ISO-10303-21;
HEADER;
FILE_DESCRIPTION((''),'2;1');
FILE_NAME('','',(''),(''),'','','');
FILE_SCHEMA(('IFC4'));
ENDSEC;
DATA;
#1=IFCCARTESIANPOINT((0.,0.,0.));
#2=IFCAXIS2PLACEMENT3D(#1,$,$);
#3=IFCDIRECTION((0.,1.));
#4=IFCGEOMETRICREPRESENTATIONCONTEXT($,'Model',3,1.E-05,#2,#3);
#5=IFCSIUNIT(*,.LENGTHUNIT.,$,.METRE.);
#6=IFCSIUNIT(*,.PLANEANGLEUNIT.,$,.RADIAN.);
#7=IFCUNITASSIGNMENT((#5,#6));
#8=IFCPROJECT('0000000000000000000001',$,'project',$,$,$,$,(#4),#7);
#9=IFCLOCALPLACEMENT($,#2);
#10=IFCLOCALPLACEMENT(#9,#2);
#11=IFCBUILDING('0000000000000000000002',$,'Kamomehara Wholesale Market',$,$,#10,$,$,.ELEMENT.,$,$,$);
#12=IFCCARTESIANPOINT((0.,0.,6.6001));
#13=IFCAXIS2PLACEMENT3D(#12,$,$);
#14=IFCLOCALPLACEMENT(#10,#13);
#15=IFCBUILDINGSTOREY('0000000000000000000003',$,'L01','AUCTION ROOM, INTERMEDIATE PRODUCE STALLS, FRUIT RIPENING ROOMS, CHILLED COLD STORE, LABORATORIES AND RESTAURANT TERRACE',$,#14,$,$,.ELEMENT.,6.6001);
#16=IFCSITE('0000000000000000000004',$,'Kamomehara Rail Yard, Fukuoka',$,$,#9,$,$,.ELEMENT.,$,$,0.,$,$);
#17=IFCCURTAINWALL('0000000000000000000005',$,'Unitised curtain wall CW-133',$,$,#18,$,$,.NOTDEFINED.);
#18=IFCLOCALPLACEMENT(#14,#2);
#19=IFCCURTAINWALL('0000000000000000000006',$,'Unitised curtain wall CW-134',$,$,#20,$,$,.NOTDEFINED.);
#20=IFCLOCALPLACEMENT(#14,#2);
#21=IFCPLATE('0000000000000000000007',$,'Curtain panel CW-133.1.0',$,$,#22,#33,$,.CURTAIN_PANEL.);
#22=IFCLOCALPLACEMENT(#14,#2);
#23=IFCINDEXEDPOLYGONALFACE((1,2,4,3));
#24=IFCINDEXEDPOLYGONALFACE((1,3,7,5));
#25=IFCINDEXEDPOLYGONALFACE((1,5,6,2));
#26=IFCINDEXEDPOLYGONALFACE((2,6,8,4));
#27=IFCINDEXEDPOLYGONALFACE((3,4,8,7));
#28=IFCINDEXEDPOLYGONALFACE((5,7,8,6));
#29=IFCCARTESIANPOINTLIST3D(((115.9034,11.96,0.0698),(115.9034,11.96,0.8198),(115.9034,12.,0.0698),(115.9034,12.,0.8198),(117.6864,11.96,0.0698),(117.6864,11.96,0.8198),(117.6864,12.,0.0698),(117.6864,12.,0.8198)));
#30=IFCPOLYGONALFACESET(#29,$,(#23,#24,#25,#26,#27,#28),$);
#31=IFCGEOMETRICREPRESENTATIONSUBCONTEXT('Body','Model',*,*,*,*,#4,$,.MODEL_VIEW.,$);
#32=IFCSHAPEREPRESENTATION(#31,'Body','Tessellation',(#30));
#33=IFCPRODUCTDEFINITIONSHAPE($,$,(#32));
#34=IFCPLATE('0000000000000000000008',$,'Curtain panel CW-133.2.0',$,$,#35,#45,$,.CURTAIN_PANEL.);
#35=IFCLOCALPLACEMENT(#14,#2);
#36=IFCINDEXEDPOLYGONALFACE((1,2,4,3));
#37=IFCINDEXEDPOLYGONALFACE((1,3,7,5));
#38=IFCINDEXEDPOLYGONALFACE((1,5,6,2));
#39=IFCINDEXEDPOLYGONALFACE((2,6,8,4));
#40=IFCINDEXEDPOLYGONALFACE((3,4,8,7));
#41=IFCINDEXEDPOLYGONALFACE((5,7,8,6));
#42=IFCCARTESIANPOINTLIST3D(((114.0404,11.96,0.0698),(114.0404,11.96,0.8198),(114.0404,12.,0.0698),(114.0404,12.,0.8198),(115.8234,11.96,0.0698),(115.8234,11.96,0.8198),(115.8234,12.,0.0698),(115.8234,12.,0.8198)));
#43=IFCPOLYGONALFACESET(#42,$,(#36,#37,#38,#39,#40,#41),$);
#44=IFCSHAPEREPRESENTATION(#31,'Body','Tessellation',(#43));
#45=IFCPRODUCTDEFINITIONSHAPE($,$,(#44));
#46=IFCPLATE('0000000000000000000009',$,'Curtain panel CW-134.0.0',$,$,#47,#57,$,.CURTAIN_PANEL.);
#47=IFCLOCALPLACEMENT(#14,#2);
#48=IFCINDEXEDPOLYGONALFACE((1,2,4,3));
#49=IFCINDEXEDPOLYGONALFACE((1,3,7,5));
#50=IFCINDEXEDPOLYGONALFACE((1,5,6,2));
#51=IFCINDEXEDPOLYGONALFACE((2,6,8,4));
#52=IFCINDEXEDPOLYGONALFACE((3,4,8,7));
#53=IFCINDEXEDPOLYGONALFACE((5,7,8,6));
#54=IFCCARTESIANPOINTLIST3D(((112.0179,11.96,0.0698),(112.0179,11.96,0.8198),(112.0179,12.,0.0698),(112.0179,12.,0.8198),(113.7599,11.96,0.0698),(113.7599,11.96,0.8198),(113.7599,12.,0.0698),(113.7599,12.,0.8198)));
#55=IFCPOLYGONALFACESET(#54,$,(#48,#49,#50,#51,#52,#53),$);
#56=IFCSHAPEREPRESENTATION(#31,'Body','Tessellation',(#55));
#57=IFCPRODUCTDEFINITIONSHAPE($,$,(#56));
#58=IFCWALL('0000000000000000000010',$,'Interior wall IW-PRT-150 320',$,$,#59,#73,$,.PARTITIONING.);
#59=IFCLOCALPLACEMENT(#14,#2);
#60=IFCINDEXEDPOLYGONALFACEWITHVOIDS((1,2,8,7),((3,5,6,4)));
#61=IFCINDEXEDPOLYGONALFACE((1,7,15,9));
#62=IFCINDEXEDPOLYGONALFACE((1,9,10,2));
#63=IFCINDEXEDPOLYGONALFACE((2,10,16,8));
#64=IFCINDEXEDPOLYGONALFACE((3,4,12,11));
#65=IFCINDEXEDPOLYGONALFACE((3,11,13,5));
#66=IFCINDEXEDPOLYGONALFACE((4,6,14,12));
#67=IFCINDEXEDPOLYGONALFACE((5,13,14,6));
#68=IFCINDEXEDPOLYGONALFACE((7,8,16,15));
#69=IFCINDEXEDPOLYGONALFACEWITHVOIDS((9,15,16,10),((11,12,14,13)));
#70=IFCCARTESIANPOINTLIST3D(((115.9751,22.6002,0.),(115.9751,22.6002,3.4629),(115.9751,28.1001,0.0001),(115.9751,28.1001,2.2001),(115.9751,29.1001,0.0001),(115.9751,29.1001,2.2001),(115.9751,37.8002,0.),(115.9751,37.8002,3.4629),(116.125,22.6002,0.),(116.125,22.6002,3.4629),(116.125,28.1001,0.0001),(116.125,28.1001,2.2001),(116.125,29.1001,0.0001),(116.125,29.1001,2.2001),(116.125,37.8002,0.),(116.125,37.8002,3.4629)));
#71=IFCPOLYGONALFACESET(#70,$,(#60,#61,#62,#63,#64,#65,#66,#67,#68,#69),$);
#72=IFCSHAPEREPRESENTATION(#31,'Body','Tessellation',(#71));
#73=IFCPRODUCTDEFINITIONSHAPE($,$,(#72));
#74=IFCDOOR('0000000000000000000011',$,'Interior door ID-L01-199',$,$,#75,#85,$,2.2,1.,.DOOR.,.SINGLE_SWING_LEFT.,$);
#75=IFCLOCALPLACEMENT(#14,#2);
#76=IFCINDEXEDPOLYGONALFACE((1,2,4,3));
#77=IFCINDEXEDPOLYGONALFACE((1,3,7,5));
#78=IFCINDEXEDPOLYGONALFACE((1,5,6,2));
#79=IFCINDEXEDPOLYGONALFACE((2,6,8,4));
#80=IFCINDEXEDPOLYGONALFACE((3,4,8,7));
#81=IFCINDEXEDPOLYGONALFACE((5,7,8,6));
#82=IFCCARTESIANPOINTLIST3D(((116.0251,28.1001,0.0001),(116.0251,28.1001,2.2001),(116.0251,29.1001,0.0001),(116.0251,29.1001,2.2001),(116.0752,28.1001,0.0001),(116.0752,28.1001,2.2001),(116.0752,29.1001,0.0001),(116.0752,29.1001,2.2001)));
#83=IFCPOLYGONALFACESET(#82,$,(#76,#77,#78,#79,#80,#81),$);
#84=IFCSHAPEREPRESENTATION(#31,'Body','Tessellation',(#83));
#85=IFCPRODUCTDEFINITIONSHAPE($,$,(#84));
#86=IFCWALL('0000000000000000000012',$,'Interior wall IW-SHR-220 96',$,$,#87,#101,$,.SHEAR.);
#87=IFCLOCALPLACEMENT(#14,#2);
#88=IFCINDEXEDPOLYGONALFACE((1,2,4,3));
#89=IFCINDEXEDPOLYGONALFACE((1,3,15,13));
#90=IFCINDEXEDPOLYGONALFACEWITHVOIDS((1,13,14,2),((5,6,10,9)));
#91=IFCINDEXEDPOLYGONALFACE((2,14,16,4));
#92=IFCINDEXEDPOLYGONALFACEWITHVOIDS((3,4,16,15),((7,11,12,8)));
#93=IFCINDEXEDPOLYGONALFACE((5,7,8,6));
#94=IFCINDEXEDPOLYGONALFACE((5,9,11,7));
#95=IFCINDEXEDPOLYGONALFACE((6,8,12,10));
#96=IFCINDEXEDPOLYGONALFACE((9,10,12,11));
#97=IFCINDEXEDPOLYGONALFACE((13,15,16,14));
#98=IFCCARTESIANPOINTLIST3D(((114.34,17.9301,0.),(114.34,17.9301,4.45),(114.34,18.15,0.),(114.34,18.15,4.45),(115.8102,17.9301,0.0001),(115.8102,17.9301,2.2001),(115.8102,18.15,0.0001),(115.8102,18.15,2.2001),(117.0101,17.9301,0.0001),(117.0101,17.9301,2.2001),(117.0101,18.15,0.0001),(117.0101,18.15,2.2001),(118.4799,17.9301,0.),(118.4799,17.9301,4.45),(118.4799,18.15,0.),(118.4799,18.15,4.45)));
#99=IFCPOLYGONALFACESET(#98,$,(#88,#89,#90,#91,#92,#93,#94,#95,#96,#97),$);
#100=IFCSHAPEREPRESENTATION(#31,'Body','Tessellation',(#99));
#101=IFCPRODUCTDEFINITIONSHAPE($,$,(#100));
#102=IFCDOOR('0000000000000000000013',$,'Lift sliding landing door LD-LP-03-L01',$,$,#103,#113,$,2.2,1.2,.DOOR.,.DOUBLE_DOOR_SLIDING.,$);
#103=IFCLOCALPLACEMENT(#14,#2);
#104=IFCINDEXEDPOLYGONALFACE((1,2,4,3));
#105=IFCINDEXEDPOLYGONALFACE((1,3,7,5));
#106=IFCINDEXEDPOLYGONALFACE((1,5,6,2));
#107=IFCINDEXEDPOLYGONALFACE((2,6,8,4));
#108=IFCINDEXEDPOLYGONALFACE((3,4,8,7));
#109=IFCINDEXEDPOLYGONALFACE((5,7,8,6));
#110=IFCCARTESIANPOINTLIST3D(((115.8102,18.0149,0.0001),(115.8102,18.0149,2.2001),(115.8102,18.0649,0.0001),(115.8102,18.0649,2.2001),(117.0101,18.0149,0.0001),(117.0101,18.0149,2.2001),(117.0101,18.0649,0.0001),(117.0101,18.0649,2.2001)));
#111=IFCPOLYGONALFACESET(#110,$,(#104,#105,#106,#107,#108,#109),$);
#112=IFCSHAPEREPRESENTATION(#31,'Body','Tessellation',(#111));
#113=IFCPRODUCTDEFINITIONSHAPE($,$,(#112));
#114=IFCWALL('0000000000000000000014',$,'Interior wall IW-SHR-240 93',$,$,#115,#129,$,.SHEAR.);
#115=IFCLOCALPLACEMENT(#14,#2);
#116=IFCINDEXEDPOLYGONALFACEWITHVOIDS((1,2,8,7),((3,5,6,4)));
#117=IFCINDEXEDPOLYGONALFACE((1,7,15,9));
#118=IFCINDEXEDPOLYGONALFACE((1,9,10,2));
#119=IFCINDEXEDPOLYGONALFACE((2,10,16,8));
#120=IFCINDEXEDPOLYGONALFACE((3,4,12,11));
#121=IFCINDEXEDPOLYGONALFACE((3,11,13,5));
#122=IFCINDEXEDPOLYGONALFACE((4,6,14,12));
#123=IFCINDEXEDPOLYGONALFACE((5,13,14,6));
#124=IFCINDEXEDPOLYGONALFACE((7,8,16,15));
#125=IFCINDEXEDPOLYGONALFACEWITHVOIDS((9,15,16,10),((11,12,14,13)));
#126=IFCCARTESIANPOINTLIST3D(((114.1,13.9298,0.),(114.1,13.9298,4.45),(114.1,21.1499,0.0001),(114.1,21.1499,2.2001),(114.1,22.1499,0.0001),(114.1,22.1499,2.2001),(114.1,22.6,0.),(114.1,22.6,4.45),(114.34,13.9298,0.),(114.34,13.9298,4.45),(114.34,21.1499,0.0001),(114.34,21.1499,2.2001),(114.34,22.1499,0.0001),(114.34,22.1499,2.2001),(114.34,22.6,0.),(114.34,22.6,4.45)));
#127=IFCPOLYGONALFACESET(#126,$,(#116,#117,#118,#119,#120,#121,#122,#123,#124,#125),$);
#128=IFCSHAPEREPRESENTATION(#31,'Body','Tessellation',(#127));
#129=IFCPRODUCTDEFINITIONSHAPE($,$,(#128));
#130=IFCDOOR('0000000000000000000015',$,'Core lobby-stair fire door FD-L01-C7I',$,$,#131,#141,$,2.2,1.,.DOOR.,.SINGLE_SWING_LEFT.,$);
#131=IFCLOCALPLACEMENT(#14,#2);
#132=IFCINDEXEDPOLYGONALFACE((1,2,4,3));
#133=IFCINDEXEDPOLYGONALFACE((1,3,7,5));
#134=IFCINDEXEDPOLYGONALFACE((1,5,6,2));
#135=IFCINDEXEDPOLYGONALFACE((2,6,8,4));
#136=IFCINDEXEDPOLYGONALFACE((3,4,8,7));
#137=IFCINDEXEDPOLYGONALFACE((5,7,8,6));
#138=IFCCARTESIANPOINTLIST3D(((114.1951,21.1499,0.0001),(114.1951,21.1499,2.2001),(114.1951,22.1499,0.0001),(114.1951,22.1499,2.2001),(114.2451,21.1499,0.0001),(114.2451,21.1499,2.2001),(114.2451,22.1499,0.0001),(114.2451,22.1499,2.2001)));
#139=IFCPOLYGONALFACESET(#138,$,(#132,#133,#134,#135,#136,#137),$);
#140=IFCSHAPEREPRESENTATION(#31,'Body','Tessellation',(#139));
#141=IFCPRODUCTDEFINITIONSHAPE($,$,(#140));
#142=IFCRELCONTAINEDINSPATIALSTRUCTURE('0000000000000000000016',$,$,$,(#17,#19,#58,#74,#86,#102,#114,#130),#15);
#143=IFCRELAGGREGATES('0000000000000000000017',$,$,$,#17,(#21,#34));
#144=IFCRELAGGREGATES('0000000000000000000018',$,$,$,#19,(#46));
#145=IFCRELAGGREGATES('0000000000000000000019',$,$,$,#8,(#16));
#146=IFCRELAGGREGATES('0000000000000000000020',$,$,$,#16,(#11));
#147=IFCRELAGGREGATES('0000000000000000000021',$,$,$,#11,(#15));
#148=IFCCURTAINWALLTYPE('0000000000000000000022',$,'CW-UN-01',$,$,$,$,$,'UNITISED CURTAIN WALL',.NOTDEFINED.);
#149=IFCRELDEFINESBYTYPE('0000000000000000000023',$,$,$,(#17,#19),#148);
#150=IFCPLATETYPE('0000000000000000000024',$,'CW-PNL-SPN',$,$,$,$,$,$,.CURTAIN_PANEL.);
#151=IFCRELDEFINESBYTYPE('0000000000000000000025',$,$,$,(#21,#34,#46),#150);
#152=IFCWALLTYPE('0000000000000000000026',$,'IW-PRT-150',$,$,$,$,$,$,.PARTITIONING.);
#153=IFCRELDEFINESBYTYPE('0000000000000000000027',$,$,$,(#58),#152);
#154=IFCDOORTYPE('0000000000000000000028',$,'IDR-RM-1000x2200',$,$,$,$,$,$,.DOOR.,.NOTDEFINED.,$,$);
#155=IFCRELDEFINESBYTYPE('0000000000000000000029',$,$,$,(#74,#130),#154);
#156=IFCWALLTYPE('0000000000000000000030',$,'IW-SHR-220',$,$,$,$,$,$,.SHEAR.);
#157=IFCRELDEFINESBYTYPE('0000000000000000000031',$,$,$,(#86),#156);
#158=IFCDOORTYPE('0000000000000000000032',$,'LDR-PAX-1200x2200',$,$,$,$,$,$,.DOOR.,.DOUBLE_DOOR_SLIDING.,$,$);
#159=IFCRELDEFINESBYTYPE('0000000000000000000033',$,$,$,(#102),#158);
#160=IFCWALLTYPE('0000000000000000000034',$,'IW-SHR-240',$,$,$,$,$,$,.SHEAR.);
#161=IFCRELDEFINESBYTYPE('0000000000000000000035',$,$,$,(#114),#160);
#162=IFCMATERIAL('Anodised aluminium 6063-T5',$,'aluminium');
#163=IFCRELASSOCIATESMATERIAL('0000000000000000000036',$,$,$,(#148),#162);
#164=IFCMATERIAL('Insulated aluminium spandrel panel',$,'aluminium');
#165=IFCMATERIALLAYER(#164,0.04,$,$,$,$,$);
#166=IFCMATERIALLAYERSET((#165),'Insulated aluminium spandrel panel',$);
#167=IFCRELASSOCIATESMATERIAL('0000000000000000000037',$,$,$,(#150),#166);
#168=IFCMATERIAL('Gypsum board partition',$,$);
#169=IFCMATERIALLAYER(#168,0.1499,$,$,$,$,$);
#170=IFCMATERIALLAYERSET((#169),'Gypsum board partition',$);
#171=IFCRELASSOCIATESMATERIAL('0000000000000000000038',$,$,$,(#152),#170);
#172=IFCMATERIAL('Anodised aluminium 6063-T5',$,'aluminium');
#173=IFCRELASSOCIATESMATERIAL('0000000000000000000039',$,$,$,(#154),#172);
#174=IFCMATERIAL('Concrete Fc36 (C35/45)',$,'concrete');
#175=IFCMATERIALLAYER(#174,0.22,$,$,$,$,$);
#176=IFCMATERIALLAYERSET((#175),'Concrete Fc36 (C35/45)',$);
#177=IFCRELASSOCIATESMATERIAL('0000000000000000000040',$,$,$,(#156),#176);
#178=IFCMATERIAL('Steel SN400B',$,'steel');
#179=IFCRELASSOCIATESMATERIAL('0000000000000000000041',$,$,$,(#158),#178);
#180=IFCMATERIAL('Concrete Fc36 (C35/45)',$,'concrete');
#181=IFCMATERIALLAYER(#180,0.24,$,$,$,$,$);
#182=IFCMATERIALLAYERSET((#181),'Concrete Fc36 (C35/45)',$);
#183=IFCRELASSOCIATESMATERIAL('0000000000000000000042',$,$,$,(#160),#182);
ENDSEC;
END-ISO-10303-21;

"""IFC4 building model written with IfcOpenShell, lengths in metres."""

from ifc_helpers import new_model, si_unit, direction, frame, frame_2d, origin, origin_2d, place, context, subcontext, project, spatial, rectangle, extrude, material, layer, layer_set, type_object, element, fill, aggregate, save


model = new_model("IFC4")

# Units and contexts
model_context = context("Model", 3, precision=1e-05, world=origin(), true_north=direction((0.0, 1.0)))
body_context = subcontext(model_context, "Body", "Model", "MODEL_VIEW")
ifc_project = project(units=[si_unit("LENGTHUNIT", "METRE"), si_unit("PLANEANGLEUNIT", "RADIAN")], contexts=[model_context])

# Site, building, storey
site_placement = place(None, origin())
site = spatial("IfcSite", under=ifc_project, at=site_placement, Name="Kamomehara Rail Yard, Fukuoka", CompositionType="ELEMENT", RefElevation=0.0)
building_placement = place(site_placement, origin())
building = spatial("IfcBuilding", under=site, at=building_placement, Name="Kamomehara Wholesale Market", CompositionType="ELEMENT")
storey_placement = place(building_placement, frame((0.0, 0.0, 6.6001)))
storey = spatial("IfcBuildingStorey", under=building, at=storey_placement, Name="L01", Description="AUCTION ROOM, INTERMEDIATE PRODUCE STALLS, FRUIT RIPENING ROOMS, CHILLED COLD STORE, LABORATORIES AND RESTAURANT TERRACE", CompositionType="ELEMENT", Elevation=6.6001)

# Curtain walls
ifc_material_1 = material(Name="Anodised aluminium 6063-T5", Category="aluminium")
curtain_wall_type = type_object("IfcCurtainWallType", Name="CW-UN-01", ElementType="UNITISED CURTAIN WALL", PredefinedType="NOTDEFINED", material=ifc_material_1)
curtain_wall_1_placement = place(storey_placement, origin())
curtain_wall_1 = element("IfcCurtainWall", 1, at=curtain_wall_1_placement, inside=storey, type_object=curtain_wall_type, Name="Unitised curtain wall CW-133", PredefinedType="NOTDEFINED")
curtain_wall_2_placement = place(storey_placement, origin())
curtain_wall_2 = element("IfcCurtainWall", 2, at=curtain_wall_2_placement, inside=storey, type_object=curtain_wall_type, Name="Unitised curtain wall CW-134", PredefinedType="NOTDEFINED")

# Plates
ifc_material_2 = material(Name="Insulated aluminium spandrel panel", Category="aluminium")
ifc_layer_1 = layer(ifc_material_2, 0.04)
ifc_layer_set_1 = layer_set([ifc_layer_1], Name="Insulated aluminium spandrel panel")
plate_type_1 = type_object("IfcPlateType", Name="CW-PNL-SPN", PredefinedType="CURTAIN_PANEL", material=ifc_layer_set_1)
plate_1_placement = place(storey_placement, frame((116.7949, 11.98, 0.0698), z_axis=(0.0, 0.0, 1.0), x_axis=(-1.0, 0.0, 0.0)))
plate_1 = element("IfcPlate", 3, at=plate_1_placement, type_object=plate_type_1, Name="Curtain panel CW-133.1.0", PredefinedType="CURTAIN_PANEL", context=body_context, shape_type="SweptSolid", body=[
    extrude(rectangle(XDim=1.783, YDim=0.04, at=origin_2d()), origin(), (0.0, 0.0, 1.0), 0.75),
])
plate_2_placement = place(storey_placement, frame((114.9319, 11.98, 0.0698), z_axis=(0.0, 0.0, 1.0), x_axis=(-1.0, 0.0, 0.0)))
plate_2 = element("IfcPlate", 4, at=plate_2_placement, type_object=plate_type_1, Name="Curtain panel CW-133.2.0", PredefinedType="CURTAIN_PANEL", context=body_context, shape_type="SweptSolid", body=[
    extrude(rectangle(XDim=1.783, YDim=0.04, at=origin_2d()), origin(), (0.0, 0.0, 1.0), 0.75),
])
aggregate(curtain_wall_1, [plate_1, plate_2])
plate_3_placement = place(storey_placement, frame((112.8889, 11.98, 0.0698), z_axis=(0.0, 0.0, 1.0), x_axis=(-1.0, 0.0, 0.0)))
plate_3 = element("IfcPlate", 5, at=plate_3_placement, type_object=plate_type_1, Name="Curtain panel CW-134.0.0", PredefinedType="CURTAIN_PANEL", context=body_context, shape_type="SweptSolid", body=[
    extrude(rectangle(XDim=1.7419, YDim=0.04, at=origin_2d()), origin(), (0.0, 0.0, 1.0), 0.75),
])
aggregate(curtain_wall_2, [plate_3])

# Walls, openings, doors
ifc_material_3 = material(Name="Gypsum board partition")
ifc_layer_2 = layer(ifc_material_3, 0.1499)
ifc_layer_set_2 = layer_set([ifc_layer_2], Name="Gypsum board partition")
wall_type_1 = type_object("IfcWallType", Name="IW-PRT-150", PredefinedType="PARTITIONING", material=ifc_layer_set_2)
wall_1_placement = place(storey_placement, frame((116.05, 22.6001, 0.0), z_axis=(0.0, 0.0, 1.0), x_axis=(0.0, 1.0, 0.0)))
wall_1 = element("IfcWall", 6, at=wall_1_placement, inside=storey, type_object=wall_type_1, Name="Interior wall IW-PRT-150 320", PredefinedType="PARTITIONING", context=body_context, shape_type="SweptSolid", body=[
    extrude(rectangle(XDim=15.2, YDim=0.1499, at=frame_2d((7.6001, 0.0))), origin(), (0.0, 0.0, 1.0), 3.4629),
])
opening_1_placement = place(wall_1_placement, frame((5.5, 0.0, 0.0)))
opening_1 = element("IfcOpeningElement", 7, at=opening_1_placement, cuts=wall_1, PredefinedType="OPENING", context=body_context, shape_type="SweptSolid", body=[
    extrude(rectangle(XDim=1.0, YDim=2.2, at=frame_2d((0.5, 1.1001))), frame((0.0, 0.0898, 0.0), z_axis=(0.0, -1.0, 0.0), x_axis=(1.0, 0.0, 0.0)), (0.0, 0.0, 1.0), 0.1797),
])
ifc_material_4 = material(Name="Anodised aluminium 6063-T5", Category="aluminium")
door_type_1 = type_object("IfcDoorType", Name="IDR-RM-1000x2200", OperationType="NOTDEFINED", PredefinedType="DOOR", material=ifc_material_4)
door_1_placement = place(opening_1_placement, origin())
door_1 = element("IfcDoor", 8, at=door_1_placement, inside=storey, type_object=door_type_1, Name="Interior door ID-L01-199", OperationType="SINGLE_SWING_LEFT", OverallHeight=2.2, OverallWidth=1.0, PredefinedType="DOOR", context=body_context, shape_type="SweptSolid", body=[
    extrude(rectangle(XDim=1.0, YDim=2.2, at=frame_2d((0.5, 1.1001))), frame((0.0, 0.0249, 0.0), z_axis=(0.0, -1.0, 0.0), x_axis=(1.0, 0.0, 0.0)), (0.0, 0.0, 1.0), 0.05),
])
fill(opening_1, door_1)
ifc_material_5 = material(Name="Concrete Fc36 (C35/45)", Category="concrete")
ifc_layer_3 = layer(ifc_material_5, 0.22)
ifc_layer_set_3 = layer_set([ifc_layer_3], Name="Concrete Fc36 (C35/45)")
wall_type_2 = type_object("IfcWallType", Name="IW-SHR-220", PredefinedType="SHEAR", material=ifc_layer_set_3)
wall_2_placement = place(storey_placement, frame((114.3401, 18.04, 0.0), z_axis=(0.0, 0.0, 1.0), x_axis=(1.0, 0.0, 0.0)))
wall_2 = element("IfcWall", 9, at=wall_2_placement, inside=storey, type_object=wall_type_2, Name="Interior wall IW-SHR-220 96", PredefinedType="SHEAR", context=body_context, shape_type="SweptSolid", body=[
    extrude(rectangle(XDim=4.1399, YDim=0.22, at=frame_2d((2.0698, 0.0))), origin(), (0.0, 0.0, 1.0), 4.45),
])
opening_2_placement = place(wall_2_placement, frame((1.47, 0.0, 0.0)))
opening_2 = element("IfcOpeningElement", 10, at=opening_2_placement, cuts=wall_2, PredefinedType="OPENING", context=body_context, shape_type="SweptSolid", body=[
    extrude(rectangle(XDim=1.2, YDim=2.2, at=frame_2d((0.6001, 1.1001))), frame((0.0, 0.125, 0.0), z_axis=(0.0, -1.0, 0.0), x_axis=(1.0, 0.0, 0.0)), (0.0, 0.0, 1.0), 0.2498),
])
ifc_material_6 = material(Name="Steel SN400B", Category="steel")
door_type_2 = type_object("IfcDoorType", Name="LDR-PAX-1200x2200", OperationType="DOUBLE_DOOR_SLIDING", PredefinedType="DOOR", material=ifc_material_6)
door_2_placement = place(opening_2_placement, origin())
door_2 = element("IfcDoor", 11, at=door_2_placement, inside=storey, type_object=door_type_2, Name="Lift sliding landing door LD-LP-03-L01", OperationType="DOUBLE_DOOR_SLIDING", OverallHeight=2.2, OverallWidth=1.2, PredefinedType="DOOR", context=body_context, shape_type="SweptSolid", body=[
    extrude(rectangle(XDim=1.2, YDim=2.2, at=frame_2d((0.6001, 1.1001))), frame((0.0, 0.0249, 0.0), z_axis=(0.0, -1.0, 0.0), x_axis=(1.0, 0.0, 0.0)), (0.0, 0.0, 1.0), 0.05),
])
fill(opening_2, door_2)
ifc_material_7 = material(Name="Concrete Fc36 (C35/45)", Category="concrete")
ifc_layer_4 = layer(ifc_material_7, 0.24)
ifc_layer_set_4 = layer_set([ifc_layer_4], Name="Concrete Fc36 (C35/45)")
wall_type_3 = type_object("IfcWallType", Name="IW-SHR-240", PredefinedType="SHEAR", material=ifc_layer_set_4)
wall_3_placement = place(storey_placement, frame((114.22, 13.9299, 0.0), z_axis=(0.0, 0.0, 1.0), x_axis=(0.0, 1.0, 0.0)))
wall_3 = element("IfcWall", 12, at=wall_3_placement, inside=storey, type_object=wall_type_3, Name="Interior wall IW-SHR-240 93", PredefinedType="SHEAR", context=body_context, shape_type="SweptSolid", body=[
    extrude(rectangle(XDim=8.6702, YDim=0.24, at=frame_2d((4.335, 0.0))), origin(), (0.0, 0.0, 1.0), 4.45),
])
opening_3_placement = place(wall_3_placement, frame((7.22, 0.0, 0.0)))
opening_3 = element("IfcOpeningElement", 13, at=opening_3_placement, cuts=wall_3, PredefinedType="OPENING", context=body_context, shape_type="SweptSolid", body=[
    extrude(rectangle(XDim=1.0, YDim=2.2, at=frame_2d((0.5, 1.1001))), frame((0.0, 0.1348, 0.0), z_axis=(0.0, -1.0, 0.0), x_axis=(1.0, 0.0, 0.0)), (0.0, 0.0, 1.0), 0.2698),
])
door_3_placement = place(opening_3_placement, origin())
door_3 = element("IfcDoor", 14, at=door_3_placement, inside=storey, type_object=door_type_1, Name="Core lobby-stair fire door FD-L01-C7I", OperationType="SINGLE_SWING_LEFT", OverallHeight=2.2, OverallWidth=1.0, PredefinedType="DOOR", context=body_context, shape_type="SweptSolid", body=[
    extrude(rectangle(XDim=1.0, YDim=2.2, at=frame_2d((0.5, 1.1001))), frame((0.0, 0.0249, 0.0), z_axis=(0.0, -1.0, 0.0), x_axis=(1.0, 0.0, 0.0)), (0.0, 0.0, 1.0), 0.05),
])
fill(opening_3, door_3)

save(model, "model.ifc")
